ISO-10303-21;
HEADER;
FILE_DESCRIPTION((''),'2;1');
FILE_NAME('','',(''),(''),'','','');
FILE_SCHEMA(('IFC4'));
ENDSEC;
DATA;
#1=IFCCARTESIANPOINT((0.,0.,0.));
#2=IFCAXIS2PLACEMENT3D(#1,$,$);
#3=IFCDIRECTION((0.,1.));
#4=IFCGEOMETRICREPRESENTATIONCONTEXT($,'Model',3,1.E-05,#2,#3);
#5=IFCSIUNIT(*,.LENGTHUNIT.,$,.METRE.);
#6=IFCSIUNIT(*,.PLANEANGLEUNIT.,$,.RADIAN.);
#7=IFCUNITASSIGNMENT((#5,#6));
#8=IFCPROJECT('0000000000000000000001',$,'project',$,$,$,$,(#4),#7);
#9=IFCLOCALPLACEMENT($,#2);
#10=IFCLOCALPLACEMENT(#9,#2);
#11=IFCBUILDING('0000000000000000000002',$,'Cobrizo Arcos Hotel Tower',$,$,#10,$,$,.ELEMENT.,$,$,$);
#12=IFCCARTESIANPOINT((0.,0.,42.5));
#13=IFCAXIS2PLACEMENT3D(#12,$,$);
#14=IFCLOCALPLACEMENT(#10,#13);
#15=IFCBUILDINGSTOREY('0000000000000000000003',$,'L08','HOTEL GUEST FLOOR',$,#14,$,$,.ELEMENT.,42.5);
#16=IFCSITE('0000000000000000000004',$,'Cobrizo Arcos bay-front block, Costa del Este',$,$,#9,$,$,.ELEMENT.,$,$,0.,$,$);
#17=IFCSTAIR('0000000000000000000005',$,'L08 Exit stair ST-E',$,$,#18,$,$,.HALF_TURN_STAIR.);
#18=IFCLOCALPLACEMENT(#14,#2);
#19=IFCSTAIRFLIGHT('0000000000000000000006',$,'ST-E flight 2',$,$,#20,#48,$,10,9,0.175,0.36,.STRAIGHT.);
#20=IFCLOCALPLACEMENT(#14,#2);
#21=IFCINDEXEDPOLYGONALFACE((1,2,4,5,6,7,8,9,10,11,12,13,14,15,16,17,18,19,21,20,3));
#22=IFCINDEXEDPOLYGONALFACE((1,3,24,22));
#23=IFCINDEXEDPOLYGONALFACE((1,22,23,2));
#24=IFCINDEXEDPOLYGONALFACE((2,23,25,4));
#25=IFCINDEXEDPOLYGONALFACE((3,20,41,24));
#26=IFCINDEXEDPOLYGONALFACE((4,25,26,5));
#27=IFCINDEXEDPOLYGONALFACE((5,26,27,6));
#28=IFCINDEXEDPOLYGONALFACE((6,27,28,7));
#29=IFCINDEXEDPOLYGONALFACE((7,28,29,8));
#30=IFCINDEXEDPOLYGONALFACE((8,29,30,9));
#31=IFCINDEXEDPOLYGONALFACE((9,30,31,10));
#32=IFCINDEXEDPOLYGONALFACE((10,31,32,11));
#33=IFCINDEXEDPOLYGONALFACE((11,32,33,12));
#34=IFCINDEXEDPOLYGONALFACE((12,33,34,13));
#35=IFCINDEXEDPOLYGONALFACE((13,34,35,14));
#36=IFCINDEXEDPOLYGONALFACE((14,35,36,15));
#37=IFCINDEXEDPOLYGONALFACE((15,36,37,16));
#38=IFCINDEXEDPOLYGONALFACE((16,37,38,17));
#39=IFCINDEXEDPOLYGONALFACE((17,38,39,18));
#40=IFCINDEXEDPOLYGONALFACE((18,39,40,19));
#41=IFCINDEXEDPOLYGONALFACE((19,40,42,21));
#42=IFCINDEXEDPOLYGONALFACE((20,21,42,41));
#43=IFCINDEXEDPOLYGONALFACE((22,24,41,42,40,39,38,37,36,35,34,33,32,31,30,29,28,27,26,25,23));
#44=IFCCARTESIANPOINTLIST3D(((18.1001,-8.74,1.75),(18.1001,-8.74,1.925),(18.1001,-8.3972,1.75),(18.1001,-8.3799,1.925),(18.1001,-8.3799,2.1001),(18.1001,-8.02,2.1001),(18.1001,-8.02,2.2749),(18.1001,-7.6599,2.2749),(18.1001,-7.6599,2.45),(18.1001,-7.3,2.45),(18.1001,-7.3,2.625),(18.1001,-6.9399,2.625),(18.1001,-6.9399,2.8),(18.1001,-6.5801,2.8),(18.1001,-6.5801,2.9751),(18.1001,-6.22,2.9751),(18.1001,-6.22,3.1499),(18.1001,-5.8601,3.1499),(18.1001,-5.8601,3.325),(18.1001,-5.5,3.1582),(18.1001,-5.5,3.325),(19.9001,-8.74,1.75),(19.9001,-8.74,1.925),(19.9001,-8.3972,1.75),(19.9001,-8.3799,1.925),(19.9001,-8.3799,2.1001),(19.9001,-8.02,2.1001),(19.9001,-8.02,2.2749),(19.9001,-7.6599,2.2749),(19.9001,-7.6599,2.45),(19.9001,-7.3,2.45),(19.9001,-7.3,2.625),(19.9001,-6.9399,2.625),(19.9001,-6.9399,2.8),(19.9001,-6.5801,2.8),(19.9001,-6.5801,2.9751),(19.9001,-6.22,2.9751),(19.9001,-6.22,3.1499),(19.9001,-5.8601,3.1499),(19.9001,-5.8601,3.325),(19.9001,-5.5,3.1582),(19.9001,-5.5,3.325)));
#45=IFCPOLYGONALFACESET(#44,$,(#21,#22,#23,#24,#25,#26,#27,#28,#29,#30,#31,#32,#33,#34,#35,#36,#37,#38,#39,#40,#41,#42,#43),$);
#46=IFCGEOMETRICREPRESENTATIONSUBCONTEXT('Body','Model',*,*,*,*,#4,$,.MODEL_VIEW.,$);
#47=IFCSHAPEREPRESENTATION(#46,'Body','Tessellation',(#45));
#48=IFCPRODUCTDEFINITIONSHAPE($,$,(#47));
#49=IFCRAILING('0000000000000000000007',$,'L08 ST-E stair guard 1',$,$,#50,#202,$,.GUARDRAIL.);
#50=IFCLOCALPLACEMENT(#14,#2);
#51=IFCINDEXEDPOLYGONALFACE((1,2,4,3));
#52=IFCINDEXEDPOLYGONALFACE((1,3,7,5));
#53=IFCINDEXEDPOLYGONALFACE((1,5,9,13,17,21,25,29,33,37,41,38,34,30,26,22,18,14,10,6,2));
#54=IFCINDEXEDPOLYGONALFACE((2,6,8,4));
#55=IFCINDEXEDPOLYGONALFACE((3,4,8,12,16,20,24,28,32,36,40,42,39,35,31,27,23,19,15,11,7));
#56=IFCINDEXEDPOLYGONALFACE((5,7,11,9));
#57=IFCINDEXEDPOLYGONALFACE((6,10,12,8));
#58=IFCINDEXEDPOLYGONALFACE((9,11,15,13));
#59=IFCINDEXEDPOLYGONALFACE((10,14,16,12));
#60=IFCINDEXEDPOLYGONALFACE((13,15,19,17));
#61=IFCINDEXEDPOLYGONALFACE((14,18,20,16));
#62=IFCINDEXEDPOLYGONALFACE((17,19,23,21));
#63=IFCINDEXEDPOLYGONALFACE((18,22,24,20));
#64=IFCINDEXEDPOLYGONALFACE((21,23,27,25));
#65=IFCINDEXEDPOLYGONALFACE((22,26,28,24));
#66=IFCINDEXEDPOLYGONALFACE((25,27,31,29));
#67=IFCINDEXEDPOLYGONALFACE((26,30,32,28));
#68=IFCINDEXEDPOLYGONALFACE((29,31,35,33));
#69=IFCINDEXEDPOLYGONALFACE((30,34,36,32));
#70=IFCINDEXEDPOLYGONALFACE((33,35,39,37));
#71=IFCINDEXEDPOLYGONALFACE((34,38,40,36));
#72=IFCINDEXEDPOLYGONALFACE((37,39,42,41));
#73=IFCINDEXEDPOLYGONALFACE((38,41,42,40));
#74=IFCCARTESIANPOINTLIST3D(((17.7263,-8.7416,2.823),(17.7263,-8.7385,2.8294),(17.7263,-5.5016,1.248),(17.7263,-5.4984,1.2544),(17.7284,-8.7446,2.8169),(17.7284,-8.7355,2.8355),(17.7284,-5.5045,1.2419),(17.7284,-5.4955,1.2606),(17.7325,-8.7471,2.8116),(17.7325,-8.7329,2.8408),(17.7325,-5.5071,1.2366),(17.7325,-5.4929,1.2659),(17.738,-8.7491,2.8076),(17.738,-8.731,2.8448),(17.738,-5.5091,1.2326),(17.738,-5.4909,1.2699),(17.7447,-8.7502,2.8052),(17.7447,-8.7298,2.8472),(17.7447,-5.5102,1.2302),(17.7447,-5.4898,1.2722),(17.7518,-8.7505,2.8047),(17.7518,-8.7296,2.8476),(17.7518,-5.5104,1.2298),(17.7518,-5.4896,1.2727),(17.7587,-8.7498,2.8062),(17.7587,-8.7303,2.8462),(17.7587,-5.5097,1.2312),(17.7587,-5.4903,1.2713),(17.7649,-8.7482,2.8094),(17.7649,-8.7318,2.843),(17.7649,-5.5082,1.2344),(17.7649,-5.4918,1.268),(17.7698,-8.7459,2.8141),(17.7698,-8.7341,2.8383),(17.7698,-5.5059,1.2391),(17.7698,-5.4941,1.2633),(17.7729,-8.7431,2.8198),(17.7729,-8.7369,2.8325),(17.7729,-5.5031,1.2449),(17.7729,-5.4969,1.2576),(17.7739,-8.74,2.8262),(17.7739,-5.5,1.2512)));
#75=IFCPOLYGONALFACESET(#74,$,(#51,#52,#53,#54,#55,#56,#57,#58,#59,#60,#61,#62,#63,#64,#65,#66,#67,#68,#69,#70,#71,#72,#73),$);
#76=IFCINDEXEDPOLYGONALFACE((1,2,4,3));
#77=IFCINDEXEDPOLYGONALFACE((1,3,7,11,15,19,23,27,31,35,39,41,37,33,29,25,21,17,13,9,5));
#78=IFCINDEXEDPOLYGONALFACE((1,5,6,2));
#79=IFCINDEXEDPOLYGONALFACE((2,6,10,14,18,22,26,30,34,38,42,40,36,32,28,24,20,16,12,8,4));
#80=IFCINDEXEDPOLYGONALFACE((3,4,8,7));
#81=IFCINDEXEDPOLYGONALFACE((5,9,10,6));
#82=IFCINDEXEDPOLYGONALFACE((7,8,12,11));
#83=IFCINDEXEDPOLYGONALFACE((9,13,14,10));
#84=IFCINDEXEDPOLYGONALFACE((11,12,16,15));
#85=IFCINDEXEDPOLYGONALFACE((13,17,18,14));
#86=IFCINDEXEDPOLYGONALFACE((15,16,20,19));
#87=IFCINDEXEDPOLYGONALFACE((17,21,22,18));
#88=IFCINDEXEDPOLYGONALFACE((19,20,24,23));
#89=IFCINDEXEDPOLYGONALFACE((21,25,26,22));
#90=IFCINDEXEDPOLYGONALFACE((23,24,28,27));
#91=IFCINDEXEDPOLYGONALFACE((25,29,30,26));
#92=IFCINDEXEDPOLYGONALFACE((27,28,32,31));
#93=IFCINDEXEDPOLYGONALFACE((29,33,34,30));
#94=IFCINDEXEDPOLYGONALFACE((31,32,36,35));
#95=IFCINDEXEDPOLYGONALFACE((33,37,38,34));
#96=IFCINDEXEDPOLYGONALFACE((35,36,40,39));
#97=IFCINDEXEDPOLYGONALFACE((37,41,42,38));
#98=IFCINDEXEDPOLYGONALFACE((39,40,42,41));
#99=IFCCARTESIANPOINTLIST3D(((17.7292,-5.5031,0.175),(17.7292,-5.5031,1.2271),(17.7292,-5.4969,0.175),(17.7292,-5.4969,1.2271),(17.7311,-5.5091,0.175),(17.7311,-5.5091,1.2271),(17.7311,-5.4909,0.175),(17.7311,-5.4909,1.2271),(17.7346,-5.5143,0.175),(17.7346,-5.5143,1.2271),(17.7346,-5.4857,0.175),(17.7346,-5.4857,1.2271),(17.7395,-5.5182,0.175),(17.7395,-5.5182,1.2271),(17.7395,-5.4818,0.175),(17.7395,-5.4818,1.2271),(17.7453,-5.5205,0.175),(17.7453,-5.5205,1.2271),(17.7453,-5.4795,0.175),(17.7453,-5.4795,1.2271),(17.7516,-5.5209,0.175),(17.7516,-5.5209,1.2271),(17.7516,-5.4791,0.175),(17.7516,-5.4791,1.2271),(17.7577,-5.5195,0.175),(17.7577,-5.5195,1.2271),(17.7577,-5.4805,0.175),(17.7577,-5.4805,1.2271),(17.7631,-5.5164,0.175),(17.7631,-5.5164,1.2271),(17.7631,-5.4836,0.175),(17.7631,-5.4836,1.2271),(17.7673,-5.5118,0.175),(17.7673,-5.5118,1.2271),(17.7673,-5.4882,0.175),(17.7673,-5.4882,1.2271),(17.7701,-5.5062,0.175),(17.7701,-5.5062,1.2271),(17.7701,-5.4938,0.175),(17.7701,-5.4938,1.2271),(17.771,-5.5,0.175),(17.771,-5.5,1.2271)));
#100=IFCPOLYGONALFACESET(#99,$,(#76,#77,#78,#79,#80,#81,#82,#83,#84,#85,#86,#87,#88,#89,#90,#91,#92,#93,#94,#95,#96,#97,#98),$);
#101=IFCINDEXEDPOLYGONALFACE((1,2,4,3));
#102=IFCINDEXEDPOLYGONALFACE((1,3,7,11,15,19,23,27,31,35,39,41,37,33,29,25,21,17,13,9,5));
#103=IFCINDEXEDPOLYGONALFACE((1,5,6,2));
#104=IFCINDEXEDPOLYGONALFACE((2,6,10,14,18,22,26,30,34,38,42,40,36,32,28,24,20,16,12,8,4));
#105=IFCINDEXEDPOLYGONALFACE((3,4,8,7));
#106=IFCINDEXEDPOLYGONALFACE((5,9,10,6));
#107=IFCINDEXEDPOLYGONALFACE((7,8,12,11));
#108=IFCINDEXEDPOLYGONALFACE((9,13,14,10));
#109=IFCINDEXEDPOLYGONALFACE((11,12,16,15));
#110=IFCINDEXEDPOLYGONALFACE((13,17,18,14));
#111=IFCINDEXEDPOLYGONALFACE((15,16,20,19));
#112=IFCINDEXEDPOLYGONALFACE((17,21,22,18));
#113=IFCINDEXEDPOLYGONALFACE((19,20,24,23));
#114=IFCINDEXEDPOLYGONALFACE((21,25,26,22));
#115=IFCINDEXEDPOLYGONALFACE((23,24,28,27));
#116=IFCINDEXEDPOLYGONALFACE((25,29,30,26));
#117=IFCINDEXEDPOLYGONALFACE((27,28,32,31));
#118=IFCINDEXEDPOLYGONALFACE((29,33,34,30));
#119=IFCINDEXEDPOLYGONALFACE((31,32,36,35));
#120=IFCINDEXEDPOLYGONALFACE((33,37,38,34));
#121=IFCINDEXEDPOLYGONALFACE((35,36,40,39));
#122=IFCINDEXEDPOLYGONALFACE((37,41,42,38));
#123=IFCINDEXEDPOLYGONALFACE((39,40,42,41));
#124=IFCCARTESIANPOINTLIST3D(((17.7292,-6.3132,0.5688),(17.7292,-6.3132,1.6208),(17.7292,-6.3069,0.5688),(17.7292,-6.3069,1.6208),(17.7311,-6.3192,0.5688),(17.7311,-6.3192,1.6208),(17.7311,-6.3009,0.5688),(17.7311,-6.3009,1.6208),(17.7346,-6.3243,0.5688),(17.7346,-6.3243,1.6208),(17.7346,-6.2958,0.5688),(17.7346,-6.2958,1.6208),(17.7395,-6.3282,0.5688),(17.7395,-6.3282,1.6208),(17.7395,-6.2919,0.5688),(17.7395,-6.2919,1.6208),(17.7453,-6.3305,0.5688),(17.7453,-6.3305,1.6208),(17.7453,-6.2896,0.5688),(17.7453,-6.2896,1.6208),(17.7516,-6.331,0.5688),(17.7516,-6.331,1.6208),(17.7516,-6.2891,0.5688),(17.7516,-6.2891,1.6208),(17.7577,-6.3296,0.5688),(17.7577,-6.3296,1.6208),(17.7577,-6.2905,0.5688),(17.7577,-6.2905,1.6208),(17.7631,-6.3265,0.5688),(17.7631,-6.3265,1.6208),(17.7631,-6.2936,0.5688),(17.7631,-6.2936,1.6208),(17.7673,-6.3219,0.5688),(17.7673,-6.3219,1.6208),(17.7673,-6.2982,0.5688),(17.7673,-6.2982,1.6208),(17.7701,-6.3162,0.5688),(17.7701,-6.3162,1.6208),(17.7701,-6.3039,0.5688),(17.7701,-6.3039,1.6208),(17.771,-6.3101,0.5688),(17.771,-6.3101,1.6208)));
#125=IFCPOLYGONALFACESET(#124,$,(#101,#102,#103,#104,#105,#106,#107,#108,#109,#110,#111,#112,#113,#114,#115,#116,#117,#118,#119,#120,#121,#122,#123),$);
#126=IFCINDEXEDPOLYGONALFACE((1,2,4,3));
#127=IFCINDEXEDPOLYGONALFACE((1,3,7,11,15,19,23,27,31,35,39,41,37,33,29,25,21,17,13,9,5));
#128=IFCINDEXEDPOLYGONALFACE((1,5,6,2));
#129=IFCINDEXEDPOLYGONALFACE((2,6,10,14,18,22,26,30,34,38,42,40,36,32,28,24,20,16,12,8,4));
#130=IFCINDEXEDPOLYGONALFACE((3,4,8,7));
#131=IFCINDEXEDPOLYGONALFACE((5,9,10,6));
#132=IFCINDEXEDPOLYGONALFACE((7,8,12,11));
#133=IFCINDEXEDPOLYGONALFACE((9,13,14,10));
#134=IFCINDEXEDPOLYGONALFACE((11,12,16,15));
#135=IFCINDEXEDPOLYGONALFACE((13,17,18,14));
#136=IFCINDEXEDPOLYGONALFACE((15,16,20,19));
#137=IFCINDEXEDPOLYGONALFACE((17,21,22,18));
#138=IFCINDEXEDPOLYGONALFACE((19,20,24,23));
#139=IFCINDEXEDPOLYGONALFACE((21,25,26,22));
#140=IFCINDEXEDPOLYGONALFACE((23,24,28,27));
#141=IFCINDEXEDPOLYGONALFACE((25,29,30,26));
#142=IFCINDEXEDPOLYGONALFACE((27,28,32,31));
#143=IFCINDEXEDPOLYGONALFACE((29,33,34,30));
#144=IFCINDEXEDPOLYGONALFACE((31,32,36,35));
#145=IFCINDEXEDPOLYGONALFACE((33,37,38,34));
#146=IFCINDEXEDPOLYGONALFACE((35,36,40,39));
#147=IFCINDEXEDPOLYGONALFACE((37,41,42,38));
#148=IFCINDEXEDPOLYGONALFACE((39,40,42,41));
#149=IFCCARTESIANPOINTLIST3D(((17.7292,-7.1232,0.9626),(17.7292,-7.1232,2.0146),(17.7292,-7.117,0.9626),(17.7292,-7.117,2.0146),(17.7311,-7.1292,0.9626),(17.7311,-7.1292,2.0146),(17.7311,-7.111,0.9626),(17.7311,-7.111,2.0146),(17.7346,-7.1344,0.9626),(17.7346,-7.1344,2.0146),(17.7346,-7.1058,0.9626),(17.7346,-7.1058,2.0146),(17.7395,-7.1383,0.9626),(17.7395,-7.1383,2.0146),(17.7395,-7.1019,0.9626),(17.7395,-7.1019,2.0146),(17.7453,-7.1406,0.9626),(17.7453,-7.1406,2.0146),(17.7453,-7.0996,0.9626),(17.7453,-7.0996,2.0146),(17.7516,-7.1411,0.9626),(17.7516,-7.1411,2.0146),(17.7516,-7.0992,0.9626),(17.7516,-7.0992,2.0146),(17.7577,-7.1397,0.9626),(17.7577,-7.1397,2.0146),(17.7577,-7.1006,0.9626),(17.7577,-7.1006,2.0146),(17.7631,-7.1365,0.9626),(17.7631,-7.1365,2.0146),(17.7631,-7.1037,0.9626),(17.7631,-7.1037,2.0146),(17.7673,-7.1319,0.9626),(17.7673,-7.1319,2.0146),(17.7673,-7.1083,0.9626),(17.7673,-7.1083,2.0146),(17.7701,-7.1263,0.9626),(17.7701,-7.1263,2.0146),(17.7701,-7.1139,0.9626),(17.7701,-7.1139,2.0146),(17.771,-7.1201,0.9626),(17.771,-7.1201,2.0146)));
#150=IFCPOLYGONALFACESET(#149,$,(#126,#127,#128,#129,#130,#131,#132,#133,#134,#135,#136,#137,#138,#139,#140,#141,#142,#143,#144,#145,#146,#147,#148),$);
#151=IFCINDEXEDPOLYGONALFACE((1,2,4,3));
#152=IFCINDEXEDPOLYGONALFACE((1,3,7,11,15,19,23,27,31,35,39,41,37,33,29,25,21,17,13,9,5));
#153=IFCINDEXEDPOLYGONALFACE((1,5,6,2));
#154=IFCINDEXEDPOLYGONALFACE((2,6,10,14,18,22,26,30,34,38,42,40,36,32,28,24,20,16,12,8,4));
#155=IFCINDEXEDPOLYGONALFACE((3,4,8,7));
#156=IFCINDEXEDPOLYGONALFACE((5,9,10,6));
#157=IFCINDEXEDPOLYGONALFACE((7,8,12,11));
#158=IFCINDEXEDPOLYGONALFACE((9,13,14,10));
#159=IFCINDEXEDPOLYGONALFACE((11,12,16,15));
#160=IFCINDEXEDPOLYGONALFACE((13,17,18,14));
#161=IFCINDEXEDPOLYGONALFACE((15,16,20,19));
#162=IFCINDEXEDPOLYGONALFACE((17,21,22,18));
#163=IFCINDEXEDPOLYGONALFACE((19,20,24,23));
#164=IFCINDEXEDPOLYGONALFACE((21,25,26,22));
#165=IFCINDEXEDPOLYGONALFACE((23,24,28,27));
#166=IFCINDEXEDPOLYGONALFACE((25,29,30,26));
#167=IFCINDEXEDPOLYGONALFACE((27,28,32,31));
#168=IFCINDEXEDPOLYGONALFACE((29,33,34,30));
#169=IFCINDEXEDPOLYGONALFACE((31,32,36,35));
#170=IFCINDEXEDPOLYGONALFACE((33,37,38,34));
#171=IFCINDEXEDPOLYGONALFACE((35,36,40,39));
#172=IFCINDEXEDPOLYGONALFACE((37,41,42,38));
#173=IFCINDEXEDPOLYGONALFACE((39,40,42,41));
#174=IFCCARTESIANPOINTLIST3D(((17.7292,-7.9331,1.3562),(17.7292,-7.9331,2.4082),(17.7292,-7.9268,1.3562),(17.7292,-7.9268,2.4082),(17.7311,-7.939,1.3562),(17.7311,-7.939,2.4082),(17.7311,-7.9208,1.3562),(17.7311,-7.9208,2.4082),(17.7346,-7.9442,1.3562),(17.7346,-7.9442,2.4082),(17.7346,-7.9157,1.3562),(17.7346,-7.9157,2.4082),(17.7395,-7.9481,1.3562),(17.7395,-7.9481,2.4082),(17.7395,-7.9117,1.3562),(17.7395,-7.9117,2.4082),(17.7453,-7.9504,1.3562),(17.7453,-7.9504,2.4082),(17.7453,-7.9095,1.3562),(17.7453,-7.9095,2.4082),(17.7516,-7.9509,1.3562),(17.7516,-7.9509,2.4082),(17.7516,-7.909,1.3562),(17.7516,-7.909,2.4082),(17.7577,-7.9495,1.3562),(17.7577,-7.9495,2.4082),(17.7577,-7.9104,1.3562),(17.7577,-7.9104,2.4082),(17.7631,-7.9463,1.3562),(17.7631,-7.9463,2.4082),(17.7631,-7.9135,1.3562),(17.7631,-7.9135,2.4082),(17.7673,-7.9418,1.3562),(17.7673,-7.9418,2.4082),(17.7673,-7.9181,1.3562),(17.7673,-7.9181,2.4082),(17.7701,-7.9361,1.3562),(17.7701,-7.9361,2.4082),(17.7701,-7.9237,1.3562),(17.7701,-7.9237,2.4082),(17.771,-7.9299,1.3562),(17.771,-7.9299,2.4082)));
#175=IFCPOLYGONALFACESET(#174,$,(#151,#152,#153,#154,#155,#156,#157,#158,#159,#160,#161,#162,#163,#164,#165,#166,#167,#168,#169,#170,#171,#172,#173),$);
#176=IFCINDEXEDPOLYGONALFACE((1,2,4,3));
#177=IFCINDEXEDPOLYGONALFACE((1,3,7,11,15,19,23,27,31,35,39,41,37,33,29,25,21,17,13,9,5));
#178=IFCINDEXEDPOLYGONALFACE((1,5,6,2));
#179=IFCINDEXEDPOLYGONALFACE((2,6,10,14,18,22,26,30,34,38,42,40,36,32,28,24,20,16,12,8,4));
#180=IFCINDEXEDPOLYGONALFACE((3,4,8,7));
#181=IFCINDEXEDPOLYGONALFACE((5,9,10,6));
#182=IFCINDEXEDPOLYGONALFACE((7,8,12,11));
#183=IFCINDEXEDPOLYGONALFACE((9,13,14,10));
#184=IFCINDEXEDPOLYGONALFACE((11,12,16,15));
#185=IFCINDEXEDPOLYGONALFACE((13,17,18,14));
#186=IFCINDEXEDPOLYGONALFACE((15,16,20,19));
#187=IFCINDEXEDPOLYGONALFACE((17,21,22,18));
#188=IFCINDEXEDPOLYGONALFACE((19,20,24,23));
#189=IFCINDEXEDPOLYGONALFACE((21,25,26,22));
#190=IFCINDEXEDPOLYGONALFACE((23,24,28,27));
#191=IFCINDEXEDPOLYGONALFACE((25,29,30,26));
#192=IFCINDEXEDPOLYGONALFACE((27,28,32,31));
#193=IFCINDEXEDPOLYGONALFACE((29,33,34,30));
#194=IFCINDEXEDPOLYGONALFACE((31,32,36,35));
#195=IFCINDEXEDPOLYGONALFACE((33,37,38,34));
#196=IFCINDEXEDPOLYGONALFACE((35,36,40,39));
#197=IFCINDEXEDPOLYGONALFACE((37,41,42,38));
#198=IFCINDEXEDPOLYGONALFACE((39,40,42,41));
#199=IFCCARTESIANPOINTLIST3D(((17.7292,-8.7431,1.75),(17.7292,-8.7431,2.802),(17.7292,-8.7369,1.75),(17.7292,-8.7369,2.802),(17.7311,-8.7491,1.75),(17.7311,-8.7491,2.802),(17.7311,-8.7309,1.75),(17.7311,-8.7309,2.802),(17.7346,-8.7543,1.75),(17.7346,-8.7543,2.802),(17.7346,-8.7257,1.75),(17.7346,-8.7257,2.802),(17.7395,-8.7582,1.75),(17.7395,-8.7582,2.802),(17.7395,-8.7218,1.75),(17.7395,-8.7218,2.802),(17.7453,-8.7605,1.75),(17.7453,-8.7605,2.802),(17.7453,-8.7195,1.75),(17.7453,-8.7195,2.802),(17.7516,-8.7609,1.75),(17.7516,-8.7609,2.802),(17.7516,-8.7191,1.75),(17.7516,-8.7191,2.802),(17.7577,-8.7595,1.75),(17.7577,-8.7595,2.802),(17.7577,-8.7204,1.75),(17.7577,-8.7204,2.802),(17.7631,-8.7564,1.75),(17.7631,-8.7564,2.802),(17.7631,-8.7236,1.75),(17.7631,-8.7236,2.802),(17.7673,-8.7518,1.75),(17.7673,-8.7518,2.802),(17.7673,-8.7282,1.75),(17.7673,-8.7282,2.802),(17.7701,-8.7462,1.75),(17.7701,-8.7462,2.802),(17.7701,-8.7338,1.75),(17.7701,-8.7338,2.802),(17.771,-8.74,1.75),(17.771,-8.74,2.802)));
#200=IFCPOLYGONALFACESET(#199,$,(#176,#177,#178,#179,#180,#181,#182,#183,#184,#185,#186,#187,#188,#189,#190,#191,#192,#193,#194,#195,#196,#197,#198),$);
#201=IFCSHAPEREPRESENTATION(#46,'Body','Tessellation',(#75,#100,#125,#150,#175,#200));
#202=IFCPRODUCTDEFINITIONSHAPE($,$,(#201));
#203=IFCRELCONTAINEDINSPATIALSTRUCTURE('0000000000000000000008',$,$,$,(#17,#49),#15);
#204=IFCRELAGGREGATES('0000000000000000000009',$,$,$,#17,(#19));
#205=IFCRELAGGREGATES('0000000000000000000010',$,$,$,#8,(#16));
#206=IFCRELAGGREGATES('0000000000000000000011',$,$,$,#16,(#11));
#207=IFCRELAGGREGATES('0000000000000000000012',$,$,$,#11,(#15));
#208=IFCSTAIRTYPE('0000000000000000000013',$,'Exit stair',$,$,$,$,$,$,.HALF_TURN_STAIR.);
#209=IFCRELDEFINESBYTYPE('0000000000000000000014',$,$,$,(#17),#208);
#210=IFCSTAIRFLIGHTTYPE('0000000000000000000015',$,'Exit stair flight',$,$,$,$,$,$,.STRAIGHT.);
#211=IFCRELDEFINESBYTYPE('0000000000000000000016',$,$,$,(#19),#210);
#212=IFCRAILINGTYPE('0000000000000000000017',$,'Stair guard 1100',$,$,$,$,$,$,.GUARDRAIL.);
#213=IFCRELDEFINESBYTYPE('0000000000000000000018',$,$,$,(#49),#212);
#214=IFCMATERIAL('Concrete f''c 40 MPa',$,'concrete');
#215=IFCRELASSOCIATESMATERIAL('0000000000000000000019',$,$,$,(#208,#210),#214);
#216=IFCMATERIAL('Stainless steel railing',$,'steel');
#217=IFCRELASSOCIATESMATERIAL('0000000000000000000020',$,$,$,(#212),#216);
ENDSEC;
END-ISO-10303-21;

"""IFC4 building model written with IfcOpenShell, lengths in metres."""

from ifc_helpers import new_model, si_unit, direction, frame, origin, origin_2d, place, context, subcontext, project, spatial, polyline, circle, outline, extrude, material, type_object, element, aggregate, save


model = new_model("IFC4")

# Units and contexts
model_context = context("Model", 3, precision=1e-05, world=origin(), true_north=direction((0.0, 1.0)))
body_context = subcontext(model_context, "Body", "Model", "MODEL_VIEW")
ifc_project = project(units=[si_unit("LENGTHUNIT", "METRE"), si_unit("PLANEANGLEUNIT", "RADIAN")], contexts=[model_context])

# Site, building, storey
site_placement = place(None, origin())
site = spatial("IfcSite", under=ifc_project, at=site_placement, Name="Cobrizo Arcos bay-front block, Costa del Este", CompositionType="ELEMENT", RefElevation=0.0)
building_placement = place(site_placement, origin())
building = spatial("IfcBuilding", under=site, at=building_placement, Name="Cobrizo Arcos Hotel Tower", CompositionType="ELEMENT")
storey_placement = place(building_placement, frame((0.0, 0.0, 42.5)))
storey = spatial("IfcBuildingStorey", under=building, at=storey_placement, Name="L08", Description="HOTEL GUEST FLOOR", CompositionType="ELEMENT", Elevation=42.5)

# Shared definitions
ifc_material_1 = material(Name="Concrete f'c 40 MPa", Category="concrete")

# Stair, stair flight
stair_type = type_object("IfcStairType", Name="Exit stair", PredefinedType="HALF_TURN_STAIR", material=ifc_material_1)
stair_placement = place(storey_placement, origin())
stair = element("IfcStair", 1, at=stair_placement, inside=storey, type_object=stair_type, Name="L08 Exit stair ST-E", PredefinedType="HALF_TURN_STAIR")
stair_flight_type = type_object("IfcStairFlightType", Name="Exit stair flight", PredefinedType="STRAIGHT", material=ifc_material_1)
stair_flight_1_placement = place(storey_placement, frame((19.0, -8.74, 1.75), z_axis=(0.0, 0.0, 1.0), x_axis=(0.0, 1.0, 0.0)))
stair_flight_1 = element("IfcStairFlight", 2, at=stair_flight_1_placement, type_object=stair_flight_type, Name="ST-E flight 2", NumberOfRisers=10, NumberOfTreads=9, PredefinedType="STRAIGHT", RiserHeight=0.175, TreadLength=0.36, context=body_context, shape_type="SweptSolid", body=[
    extrude(outline(polyline([(0.0, 0.0), (0.0, 0.175), (0.3601, 0.175), (0.3601, 0.3501), (0.72, 0.3501), (0.72, 0.5249), (1.0801, 0.5249), (1.0801, 0.7), (1.4399, 0.7), (1.4399, 0.875), (1.8, 0.875), (1.8, 1.05), (2.1599, 1.05), (2.1599, 1.2251), (2.52, 1.2251), (2.52, 1.3999), (2.8799, 1.3999), (2.8799, 1.575), (3.24, 1.575), (3.24, 1.75), (3.24, 1.4082), (0.3428, 0.0), (0.0, 0.0)])), frame((0.0, 0.8999, 0.0), z_axis=(0.0, -1.0, 0.0), x_axis=(1.0, 0.0, 0.0)), (0.0, 0.0, 1.0), 1.8),
])
aggregate(stair, [stair_flight_1])

# Railing
ifc_material_2 = material(Name="Stainless steel railing", Category="steel")
railing_type_1 = type_object("IfcRailingType", Name="Stair guard 1100", PredefinedType="GUARDRAIL", material=ifc_material_2)
railing_1_placement = place(storey_placement, frame((17.75, -5.5, 0.175)))
element("IfcRailing", 3, at=railing_1_placement, inside=storey, type_object=railing_type_1, Name="L08 ST-E stair guard 1", PredefinedType="GUARDRAIL", context=body_context, shape_type="SweptSolid", body=[
    extrude(circle(Radius=0.0239, at=origin_2d()), frame((0.0, 0.0, 1.0762), z_axis=(0.0, -0.899373, 0.437183), x_axis=(1.0, 0.0, 0.0)), (0.0, 0.0, 1.0), 3.6025),
    extrude(circle(Radius=0.021, at=origin_2d()), origin(), (0.0, 0.0, 1.0), 1.052),
    extrude(circle(Radius=0.021, at=origin_2d()), frame((0.0, -0.8101, 0.3938)), (0.0, 0.0, 1.0), 1.052),
    extrude(circle(Radius=0.021, at=origin_2d()), frame((0.0, -1.6201, 0.7876)), (0.0, 0.0, 1.0), 1.052),
    extrude(circle(Radius=0.021, at=origin_2d()), frame((0.0, -2.4299, 1.1812)), (0.0, 0.0, 1.0), 1.052),
    extrude(circle(Radius=0.021, at=origin_2d()), frame((0.0, -3.24, 1.575)), (0.0, 0.0, 1.0), 1.052),
])

save(model, "model.ifc")
